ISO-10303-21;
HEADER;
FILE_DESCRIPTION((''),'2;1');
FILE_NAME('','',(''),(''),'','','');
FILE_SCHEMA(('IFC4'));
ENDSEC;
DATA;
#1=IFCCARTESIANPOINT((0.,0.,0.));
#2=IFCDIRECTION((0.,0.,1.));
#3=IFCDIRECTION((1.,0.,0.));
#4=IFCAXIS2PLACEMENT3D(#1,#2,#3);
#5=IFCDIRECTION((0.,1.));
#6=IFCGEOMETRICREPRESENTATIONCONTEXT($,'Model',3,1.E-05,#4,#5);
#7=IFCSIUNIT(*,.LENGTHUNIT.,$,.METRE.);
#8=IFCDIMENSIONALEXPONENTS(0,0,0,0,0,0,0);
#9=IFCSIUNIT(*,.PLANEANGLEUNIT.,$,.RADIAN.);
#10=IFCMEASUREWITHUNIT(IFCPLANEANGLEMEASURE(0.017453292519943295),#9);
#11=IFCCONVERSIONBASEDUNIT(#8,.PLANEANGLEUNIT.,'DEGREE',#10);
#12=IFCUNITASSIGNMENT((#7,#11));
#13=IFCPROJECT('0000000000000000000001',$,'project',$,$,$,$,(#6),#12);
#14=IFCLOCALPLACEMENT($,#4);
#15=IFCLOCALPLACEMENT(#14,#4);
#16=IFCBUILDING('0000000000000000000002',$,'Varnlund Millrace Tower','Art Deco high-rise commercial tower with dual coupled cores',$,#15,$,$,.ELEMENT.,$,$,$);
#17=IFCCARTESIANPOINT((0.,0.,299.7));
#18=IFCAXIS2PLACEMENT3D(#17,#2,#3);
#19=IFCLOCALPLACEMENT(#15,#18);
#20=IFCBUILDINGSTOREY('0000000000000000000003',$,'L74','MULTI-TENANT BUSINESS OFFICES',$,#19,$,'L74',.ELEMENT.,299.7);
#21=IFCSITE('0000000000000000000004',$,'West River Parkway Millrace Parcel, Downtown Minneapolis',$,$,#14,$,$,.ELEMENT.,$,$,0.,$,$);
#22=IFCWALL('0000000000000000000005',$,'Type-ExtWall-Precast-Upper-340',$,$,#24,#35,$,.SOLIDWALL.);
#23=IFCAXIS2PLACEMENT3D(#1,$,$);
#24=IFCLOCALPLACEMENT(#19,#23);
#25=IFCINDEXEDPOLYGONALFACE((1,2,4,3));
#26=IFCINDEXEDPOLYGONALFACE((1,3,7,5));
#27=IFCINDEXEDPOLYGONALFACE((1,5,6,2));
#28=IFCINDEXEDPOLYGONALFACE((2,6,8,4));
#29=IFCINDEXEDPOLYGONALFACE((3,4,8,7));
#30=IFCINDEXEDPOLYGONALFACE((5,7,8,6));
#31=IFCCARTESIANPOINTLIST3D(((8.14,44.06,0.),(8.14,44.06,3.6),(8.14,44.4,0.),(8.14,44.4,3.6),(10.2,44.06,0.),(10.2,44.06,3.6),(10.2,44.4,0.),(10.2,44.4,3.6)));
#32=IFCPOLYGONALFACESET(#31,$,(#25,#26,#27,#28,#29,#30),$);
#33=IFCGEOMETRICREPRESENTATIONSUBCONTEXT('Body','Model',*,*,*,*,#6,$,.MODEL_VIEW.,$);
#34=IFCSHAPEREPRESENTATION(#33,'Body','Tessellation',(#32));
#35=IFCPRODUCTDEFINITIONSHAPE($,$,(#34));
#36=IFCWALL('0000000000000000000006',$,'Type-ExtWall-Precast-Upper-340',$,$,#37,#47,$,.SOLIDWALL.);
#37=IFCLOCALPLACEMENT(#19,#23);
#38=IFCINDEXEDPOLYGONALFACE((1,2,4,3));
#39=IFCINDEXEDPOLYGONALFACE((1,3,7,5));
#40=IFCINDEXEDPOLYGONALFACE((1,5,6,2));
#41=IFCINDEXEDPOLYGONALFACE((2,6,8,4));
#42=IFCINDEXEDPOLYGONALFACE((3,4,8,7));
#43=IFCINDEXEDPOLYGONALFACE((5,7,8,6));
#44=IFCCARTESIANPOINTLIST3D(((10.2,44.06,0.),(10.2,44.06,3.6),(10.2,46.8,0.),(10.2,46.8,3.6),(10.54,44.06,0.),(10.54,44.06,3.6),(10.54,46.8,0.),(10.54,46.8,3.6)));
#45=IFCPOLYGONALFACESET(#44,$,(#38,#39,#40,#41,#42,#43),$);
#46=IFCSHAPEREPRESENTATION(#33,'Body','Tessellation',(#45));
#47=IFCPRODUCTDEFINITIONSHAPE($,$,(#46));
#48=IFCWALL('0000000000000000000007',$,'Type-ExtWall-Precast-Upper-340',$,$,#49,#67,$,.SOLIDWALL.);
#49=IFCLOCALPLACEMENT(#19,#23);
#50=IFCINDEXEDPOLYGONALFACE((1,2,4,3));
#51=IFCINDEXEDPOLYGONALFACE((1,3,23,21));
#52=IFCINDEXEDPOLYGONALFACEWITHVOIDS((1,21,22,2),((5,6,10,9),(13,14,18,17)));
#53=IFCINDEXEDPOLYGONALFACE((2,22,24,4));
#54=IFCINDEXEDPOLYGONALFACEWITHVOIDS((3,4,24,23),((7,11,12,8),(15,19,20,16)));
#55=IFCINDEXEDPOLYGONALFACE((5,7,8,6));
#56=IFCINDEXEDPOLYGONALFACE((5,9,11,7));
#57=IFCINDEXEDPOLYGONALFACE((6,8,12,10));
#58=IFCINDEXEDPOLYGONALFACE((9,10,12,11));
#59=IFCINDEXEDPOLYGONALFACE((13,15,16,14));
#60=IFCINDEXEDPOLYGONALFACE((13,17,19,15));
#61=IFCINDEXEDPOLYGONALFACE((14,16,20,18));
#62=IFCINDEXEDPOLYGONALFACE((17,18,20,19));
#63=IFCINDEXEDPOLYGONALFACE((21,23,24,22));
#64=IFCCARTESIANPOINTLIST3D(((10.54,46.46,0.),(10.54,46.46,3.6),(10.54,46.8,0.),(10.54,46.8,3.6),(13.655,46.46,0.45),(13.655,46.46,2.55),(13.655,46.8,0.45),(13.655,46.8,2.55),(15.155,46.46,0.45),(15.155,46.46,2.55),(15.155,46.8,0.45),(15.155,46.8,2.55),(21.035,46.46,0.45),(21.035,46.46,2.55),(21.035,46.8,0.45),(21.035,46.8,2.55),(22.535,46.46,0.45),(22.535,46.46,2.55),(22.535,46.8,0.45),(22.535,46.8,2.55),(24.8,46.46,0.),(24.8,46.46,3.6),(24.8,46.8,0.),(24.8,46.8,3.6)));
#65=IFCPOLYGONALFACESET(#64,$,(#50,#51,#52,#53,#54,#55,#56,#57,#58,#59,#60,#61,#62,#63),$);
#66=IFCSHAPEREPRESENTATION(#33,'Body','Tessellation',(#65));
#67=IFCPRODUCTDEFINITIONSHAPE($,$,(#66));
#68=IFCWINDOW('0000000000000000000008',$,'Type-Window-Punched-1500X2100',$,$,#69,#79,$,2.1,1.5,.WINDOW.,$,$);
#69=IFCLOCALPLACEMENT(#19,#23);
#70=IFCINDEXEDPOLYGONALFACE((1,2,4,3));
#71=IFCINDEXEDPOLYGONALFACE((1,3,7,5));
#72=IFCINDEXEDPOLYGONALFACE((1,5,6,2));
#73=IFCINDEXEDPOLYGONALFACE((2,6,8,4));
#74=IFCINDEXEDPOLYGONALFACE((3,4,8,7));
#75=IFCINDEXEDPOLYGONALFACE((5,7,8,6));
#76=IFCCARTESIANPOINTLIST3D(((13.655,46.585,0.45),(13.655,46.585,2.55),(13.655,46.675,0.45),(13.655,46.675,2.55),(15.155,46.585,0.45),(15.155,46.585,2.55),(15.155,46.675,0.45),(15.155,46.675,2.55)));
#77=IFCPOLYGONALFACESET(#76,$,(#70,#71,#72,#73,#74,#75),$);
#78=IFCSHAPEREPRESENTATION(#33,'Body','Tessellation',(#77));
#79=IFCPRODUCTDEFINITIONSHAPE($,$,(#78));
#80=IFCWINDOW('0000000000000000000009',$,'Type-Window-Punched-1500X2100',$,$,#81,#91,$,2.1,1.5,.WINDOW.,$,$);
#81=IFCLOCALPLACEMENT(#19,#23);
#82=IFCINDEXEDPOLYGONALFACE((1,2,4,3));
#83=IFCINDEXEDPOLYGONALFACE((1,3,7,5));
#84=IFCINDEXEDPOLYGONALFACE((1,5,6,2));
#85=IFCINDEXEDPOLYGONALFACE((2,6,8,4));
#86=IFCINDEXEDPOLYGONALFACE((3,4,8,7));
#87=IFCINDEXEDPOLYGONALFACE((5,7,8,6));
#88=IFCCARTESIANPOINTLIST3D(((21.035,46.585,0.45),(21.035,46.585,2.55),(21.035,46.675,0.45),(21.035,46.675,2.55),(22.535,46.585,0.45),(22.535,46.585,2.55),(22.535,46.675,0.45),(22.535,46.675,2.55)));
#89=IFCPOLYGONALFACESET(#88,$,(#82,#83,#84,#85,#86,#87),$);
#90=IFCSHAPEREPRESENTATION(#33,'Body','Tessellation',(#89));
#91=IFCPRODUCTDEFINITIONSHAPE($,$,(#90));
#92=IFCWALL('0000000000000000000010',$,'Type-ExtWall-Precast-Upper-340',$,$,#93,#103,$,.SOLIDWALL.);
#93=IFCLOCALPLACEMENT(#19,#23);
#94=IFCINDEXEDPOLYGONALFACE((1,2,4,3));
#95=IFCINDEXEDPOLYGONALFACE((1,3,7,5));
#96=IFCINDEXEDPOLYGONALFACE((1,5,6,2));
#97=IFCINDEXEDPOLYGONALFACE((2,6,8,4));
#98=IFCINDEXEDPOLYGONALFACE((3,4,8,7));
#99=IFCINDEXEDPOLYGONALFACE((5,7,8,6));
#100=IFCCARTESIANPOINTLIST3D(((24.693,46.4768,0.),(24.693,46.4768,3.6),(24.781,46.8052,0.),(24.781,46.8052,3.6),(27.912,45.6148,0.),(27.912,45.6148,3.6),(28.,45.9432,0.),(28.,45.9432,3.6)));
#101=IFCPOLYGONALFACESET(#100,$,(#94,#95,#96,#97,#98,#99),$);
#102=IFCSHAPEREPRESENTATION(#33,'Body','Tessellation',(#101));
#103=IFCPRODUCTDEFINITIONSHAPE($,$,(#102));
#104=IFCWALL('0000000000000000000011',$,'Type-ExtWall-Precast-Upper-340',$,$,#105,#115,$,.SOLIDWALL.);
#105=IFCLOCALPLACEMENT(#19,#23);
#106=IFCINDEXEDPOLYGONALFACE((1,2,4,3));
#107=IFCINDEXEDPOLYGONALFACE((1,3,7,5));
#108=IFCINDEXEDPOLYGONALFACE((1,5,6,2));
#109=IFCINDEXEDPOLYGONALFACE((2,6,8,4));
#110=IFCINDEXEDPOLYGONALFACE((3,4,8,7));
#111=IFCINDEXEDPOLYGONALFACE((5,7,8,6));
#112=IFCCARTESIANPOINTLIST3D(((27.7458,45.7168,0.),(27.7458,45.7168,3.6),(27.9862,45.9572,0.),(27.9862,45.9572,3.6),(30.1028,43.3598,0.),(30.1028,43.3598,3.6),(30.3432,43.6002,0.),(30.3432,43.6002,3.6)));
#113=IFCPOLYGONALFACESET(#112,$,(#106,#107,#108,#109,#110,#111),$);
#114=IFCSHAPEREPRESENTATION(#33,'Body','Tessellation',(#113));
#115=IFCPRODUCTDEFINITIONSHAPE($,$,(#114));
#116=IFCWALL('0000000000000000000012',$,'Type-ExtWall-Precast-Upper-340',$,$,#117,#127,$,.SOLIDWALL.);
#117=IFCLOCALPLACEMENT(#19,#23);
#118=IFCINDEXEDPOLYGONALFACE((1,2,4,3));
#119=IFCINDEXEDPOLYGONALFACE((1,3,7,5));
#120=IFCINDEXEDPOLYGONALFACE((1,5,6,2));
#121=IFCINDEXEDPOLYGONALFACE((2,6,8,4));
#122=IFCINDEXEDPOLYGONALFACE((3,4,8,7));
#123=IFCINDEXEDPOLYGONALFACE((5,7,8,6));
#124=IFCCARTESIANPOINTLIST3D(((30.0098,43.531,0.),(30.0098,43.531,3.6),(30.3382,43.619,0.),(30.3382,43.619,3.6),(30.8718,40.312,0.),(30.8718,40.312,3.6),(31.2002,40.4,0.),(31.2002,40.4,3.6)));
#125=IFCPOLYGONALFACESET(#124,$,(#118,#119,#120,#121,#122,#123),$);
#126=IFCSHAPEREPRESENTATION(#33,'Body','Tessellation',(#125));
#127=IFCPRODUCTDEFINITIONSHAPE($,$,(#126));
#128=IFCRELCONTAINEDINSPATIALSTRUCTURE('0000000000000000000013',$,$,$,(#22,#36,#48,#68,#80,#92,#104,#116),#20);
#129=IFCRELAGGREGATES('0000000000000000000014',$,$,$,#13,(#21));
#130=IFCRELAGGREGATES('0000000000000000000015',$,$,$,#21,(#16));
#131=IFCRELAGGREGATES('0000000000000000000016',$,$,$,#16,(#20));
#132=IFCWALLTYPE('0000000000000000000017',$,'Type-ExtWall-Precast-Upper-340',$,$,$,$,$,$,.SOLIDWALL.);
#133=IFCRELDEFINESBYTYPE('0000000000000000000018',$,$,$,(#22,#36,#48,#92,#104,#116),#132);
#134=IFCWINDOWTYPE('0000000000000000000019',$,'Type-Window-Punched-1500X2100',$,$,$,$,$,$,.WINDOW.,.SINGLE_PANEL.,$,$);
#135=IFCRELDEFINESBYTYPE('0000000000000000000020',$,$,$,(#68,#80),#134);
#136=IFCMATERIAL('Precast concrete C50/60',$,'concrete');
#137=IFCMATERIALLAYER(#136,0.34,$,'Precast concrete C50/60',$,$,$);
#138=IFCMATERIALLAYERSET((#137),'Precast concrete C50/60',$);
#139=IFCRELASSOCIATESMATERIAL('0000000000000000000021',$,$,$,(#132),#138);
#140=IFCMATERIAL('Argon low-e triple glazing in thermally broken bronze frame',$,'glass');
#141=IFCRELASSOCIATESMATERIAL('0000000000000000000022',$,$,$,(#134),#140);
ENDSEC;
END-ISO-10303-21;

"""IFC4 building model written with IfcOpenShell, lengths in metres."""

from ifc_helpers import new_model, entity, si_unit, converted_unit, direction, frame, origin_with_axes, origin_2d_with_axis, place, context, subcontext, project, spatial, polyline, rectangle, outline, extrude, material, layer, layer_set, type_object, element, fill, save


model = new_model("IFC4")

# Units and contexts
model_context = context("Model", 3, precision=1e-05, world=origin_with_axes(), true_north=direction((0.0, 1.0)))
body_context = subcontext(model_context, "Body", "Model", "MODEL_VIEW")
ifc_project = project(units=[si_unit("LENGTHUNIT", "METRE"), converted_unit("PLANEANGLEUNIT", "DEGREE", entity("IfcPlaneAngleMeasure", 0.017453292519943295), si_unit("PLANEANGLEUNIT", "RADIAN"), dimensions=[0, 0, 0, 0, 0, 0, 0])], contexts=[model_context])

# Site, building, storey
site_placement = place(None, origin_with_axes())
site = spatial("IfcSite", under=ifc_project, at=site_placement, Name="West River Parkway Millrace Parcel, Downtown Minneapolis", CompositionType="ELEMENT", RefElevation=0.0)
building_placement = place(site_placement, origin_with_axes())
building = spatial("IfcBuilding", under=site, at=building_placement, Name="Varnlund Millrace Tower", Description="Art Deco high-rise commercial tower with dual coupled cores", CompositionType="ELEMENT")
storey_placement = place(building_placement, frame((0.0, 0.0, 299.7), z_axis=(0.0, 0.0, 1.0), x_axis=(1.0, 0.0, 0.0)))
storey = spatial("IfcBuildingStorey", under=building, at=storey_placement, Name="L74", Description="MULTI-TENANT BUSINESS OFFICES", LongName="L74", CompositionType="ELEMENT", Elevation=299.7)

# Walls
ifc_material_1 = material(Name="Precast concrete C50/60", Category="concrete")
ifc_layer_1 = layer(ifc_material_1, 0.34, Name="Precast concrete C50/60")
ifc_layer_set_1 = layer_set([ifc_layer_1], Name="Precast concrete C50/60")
wall_type_1 = type_object("IfcWallType", Name="Type-ExtWall-Precast-Upper-340", PredefinedType="SOLIDWALL", material=ifc_layer_set_1)
wall_1_placement = place(storey_placement, frame((8.14, 44.23, 0.0), z_axis=(0.0, 0.0, 1.0), x_axis=(1.0, 0.0, 0.0)))
element("IfcWall", 1, at=wall_1_placement, inside=storey, type_object=wall_type_1, Name="Type-ExtWall-Precast-Upper-340", PredefinedType="SOLIDWALL", context=body_context, shape_type="SweptSolid", body=[
    extrude(outline(polyline([(0.0, -0.17), (2.06, -0.17), (2.06, 0.17), (0.0, 0.17), (0.0, -0.17)])), origin_with_axes(), (0.0, 0.0, 1.0), 3.6),
])
wall_2_placement = place(storey_placement, frame((10.37, 44.06, 0.0), z_axis=(0.0, 0.0, 1.0), x_axis=(0.0, 1.0, 0.0)))
element("IfcWall", 2, at=wall_2_placement, inside=storey, type_object=wall_type_1, Name="Type-ExtWall-Precast-Upper-340", PredefinedType="SOLIDWALL", context=body_context, shape_type="SweptSolid", body=[
    extrude(outline(polyline([(0.0, -0.17), (2.74, -0.17), (2.74, 0.17), (0.0, 0.17), (0.0, -0.17)])), origin_with_axes(), (0.0, 0.0, 1.0), 3.6),
])

# Wall, openings, windows
wall_3_placement = place(storey_placement, frame((10.54, 46.63, 0.0), z_axis=(0.0, 0.0, 1.0), x_axis=(1.0, 0.0, 0.0)))
wall_3 = element("IfcWall", 3, at=wall_3_placement, inside=storey, type_object=wall_type_1, Name="Type-ExtWall-Precast-Upper-340", PredefinedType="SOLIDWALL", context=body_context, shape_type="SweptSolid", body=[
    extrude(outline(polyline([(0.0, -0.17), (14.26, -0.17), (14.26, 0.17), (0.0, 0.17), (0.0, -0.17)])), origin_with_axes(), (0.0, 0.0, 1.0), 3.6),
])
opening_1_placement = place(wall_3_placement, frame((3.865, 0.0, 0.45), z_axis=(0.0, 0.0, 1.0), x_axis=(1.0, 0.0, 0.0)))
opening_1 = element("IfcOpeningElement", 4, at=opening_1_placement, cuts=wall_3, PredefinedType="OPENING", context=body_context, shape_type="SweptSolid", body=[
    extrude(rectangle(XDim=1.5, YDim=0.36, at=origin_2d_with_axis()), origin_with_axes(), (0.0, 0.0, 1.0), 2.1),
])
opening_2_placement = place(wall_3_placement, frame((11.245, 0.0, 0.45), z_axis=(0.0, 0.0, 1.0), x_axis=(1.0, 0.0, 0.0)))
opening_2 = element("IfcOpeningElement", 5, at=opening_2_placement, cuts=wall_3, PredefinedType="OPENING", context=body_context, shape_type="SweptSolid", body=[
    extrude(rectangle(XDim=1.5, YDim=0.36, at=origin_2d_with_axis()), origin_with_axes(), (0.0, 0.0, 1.0), 2.1),
])
ifc_material_2 = material(Name="Argon low-e triple glazing in thermally broken bronze frame", Category="glass")
window_type = type_object("IfcWindowType", Name="Type-Window-Punched-1500X2100", PartitioningType="SINGLE_PANEL", PredefinedType="WINDOW", material=ifc_material_2)
window_1_placement = place(wall_3_placement, frame((3.865, 0.0, 0.45), z_axis=(0.0, 0.0, 1.0), x_axis=(1.0, 0.0, 0.0)))
window_1 = element("IfcWindow", 6, at=window_1_placement, inside=storey, type_object=window_type, Name="Type-Window-Punched-1500X2100", OverallHeight=2.1, OverallWidth=1.5, PredefinedType="WINDOW", context=body_context, shape_type="SweptSolid", body=[
    extrude(rectangle(XDim=1.5, YDim=0.09, at=origin_2d_with_axis()), origin_with_axes(), (0.0, 0.0, 1.0), 2.1),
])
fill(opening_1, window_1)
window_2_placement = place(wall_3_placement, frame((11.245, 0.0, 0.45), z_axis=(0.0, 0.0, 1.0), x_axis=(1.0, 0.0, 0.0)))
window_2 = element("IfcWindow", 7, at=window_2_placement, inside=storey, type_object=window_type, Name="Type-Window-Punched-1500X2100", OverallHeight=2.1, OverallWidth=1.5, PredefinedType="WINDOW", context=body_context, shape_type="SweptSolid", body=[
    extrude(rectangle(XDim=1.5, YDim=0.09, at=origin_2d_with_axis()), origin_with_axes(), (0.0, 0.0, 1.0), 2.1),
])
fill(opening_2, window_2)

# Walls
wall_4_placement = place(storey_placement, frame((24.737, 46.641, 0.0), z_axis=(0.0, 0.0, 1.0), x_axis=(0.965965, -0.258671, 0.0)))
element("IfcWall", 8, at=wall_4_placement, inside=storey, type_object=wall_type_1, Name="Type-ExtWall-Precast-Upper-340", PredefinedType="SOLIDWALL", context=body_context, shape_type="SweptSolid", body=[
    extrude(outline(polyline([(0.0, -0.17), (3.3324, -0.17), (3.3324, 0.17), (0.0, 0.17), (0.0, -0.17)])), origin_with_axes(), (0.0, 0.0, 1.0), 3.6),
])
wall_5_placement = place(storey_placement, frame((27.866, 45.837, 0.0), z_axis=(0.0, 0.0, 1.0), x_axis=(0.707107, -0.707107, 0.0)))
element("IfcWall", 9, at=wall_5_placement, inside=storey, type_object=wall_type_1, Name="Type-ExtWall-Precast-Upper-340", PredefinedType="SOLIDWALL", context=body_context, shape_type="SweptSolid", body=[
    extrude(outline(polyline([(0.0, -0.17), (3.3333, -0.17), (3.3333, 0.17), (0.0, 0.17), (0.0, -0.17)])), origin_with_axes(), (0.0, 0.0, 1.0), 3.6),
])
wall_6_placement = place(storey_placement, frame((30.174, 43.575, 0.0), z_axis=(0.0, 0.0, 1.0), x_axis=(0.258671, -0.965965, 0.0)))
element("IfcWall", 10, at=wall_6_placement, inside=storey, type_object=wall_type_1, Name="Type-ExtWall-Precast-Upper-340", PredefinedType="SOLIDWALL", context=body_context, shape_type="SweptSolid", body=[
    extrude(outline(polyline([(0.0, -0.17), (3.3324, -0.17), (3.3324, 0.17), (0.0, 0.17), (0.0, -0.17)])), origin_with_axes(), (0.0, 0.0, 1.0), 3.6),
])

save(model, "model.ifc")
